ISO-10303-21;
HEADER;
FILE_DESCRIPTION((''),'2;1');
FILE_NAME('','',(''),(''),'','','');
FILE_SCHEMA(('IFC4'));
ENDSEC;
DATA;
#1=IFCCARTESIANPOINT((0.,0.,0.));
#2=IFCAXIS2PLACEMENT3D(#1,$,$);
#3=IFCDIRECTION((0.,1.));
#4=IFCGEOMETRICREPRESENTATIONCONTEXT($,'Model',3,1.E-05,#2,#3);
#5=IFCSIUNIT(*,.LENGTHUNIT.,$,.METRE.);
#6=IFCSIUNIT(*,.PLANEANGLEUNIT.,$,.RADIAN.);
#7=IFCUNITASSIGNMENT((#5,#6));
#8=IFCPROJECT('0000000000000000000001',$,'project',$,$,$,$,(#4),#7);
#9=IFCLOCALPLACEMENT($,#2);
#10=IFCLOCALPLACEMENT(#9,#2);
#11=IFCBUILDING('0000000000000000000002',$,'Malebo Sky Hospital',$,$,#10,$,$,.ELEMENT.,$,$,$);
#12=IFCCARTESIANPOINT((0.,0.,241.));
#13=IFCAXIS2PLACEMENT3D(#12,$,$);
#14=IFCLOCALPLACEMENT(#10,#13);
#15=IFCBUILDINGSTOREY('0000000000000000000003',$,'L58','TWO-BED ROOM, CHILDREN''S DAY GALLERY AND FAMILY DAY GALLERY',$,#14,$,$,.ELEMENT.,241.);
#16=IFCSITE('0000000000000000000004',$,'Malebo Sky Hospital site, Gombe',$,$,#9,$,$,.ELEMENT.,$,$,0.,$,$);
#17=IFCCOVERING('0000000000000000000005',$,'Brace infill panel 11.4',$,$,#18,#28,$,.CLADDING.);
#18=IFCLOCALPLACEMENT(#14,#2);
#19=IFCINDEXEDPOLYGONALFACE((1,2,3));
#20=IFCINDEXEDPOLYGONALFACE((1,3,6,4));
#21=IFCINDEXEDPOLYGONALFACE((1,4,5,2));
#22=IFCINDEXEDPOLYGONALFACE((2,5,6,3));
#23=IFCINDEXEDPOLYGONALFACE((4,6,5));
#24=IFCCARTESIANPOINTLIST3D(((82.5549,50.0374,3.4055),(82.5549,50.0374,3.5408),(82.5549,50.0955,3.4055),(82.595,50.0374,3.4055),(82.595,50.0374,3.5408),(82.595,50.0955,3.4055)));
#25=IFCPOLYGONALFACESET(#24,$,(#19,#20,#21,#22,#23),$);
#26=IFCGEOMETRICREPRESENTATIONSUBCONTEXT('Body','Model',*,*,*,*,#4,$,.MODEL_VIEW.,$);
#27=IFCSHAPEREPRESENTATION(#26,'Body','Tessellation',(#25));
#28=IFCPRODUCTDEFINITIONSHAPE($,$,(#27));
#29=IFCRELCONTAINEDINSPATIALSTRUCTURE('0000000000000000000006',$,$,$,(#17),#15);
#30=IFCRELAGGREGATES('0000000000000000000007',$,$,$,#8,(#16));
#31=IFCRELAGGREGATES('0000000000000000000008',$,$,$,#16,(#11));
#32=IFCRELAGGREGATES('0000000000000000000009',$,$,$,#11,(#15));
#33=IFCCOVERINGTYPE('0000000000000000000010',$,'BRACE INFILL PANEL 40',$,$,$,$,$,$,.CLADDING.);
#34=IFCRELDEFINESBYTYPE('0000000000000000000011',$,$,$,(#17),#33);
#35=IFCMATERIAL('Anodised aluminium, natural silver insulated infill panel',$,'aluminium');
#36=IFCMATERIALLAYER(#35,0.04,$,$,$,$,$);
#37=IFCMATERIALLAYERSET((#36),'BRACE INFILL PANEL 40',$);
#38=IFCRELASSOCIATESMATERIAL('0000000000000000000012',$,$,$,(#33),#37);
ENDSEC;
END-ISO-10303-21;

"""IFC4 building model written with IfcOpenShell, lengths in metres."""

from ifc_helpers import new_model, si_unit, direction, frame, origin, place, context, subcontext, project, spatial, polyline, outline, extrude, material, layer, layer_set, type_object, element, save


model = new_model("IFC4")

# Units and contexts
model_context = context("Model", 3, precision=1e-05, world=origin(), true_north=direction((0.0, 1.0)))
body_context = subcontext(model_context, "Body", "Model", "MODEL_VIEW")
ifc_project = project(units=[si_unit("LENGTHUNIT", "METRE"), si_unit("PLANEANGLEUNIT", "RADIAN")], contexts=[model_context])

# Site, building, storey
site_placement = place(None, origin())
site = spatial("IfcSite", under=ifc_project, at=site_placement, Name="Malebo Sky Hospital site, Gombe", CompositionType="ELEMENT", RefElevation=0.0)
building_placement = place(site_placement, origin())
building = spatial("IfcBuilding", under=site, at=building_placement, Name="Malebo Sky Hospital", CompositionType="ELEMENT")
storey_placement = place(building_placement, frame((0.0, 0.0, 241.0)))
storey = spatial("IfcBuildingStorey", under=building, at=storey_placement, Name="L58", Description="TWO-BED ROOM, CHILDREN'S DAY GALLERY AND FAMILY DAY GALLERY", CompositionType="ELEMENT", Elevation=241.0)

# Covering
ifc_material_1 = material(Name="Anodised aluminium, natural silver insulated infill panel", Category="aluminium")
ifc_layer_1 = layer(ifc_material_1, 0.04)
ifc_layer_set_1 = layer_set([ifc_layer_1], Name="BRACE INFILL PANEL 40")
covering_type = type_object("IfcCoveringType", Name="BRACE INFILL PANEL 40", PredefinedType="CLADDING", material=ifc_layer_set_1)
covering_1_placement = place(storey_placement, frame((82.575, 50.0664, 3.4055), z_axis=(0.0, 0.0, 1.0), x_axis=(0.0, -1.0, 0.0)))
element("IfcCovering", 1, at=covering_1_placement, inside=storey, type_object=covering_type, Name="Brace infill panel 11.4", PredefinedType="CLADDING", context=body_context, shape_type="SweptSolid", body=[
    extrude(outline(polyline([(-0.0291, 0.0), (0.0291, 0.0), (0.0291, 0.1353), (-0.0291, 0.0)])), frame((0.0, 0.02, 0.0), z_axis=(0.0, -1.0, 0.0), x_axis=(1.0, 0.0, 0.0)), (0.0, 0.0, 1.0), 0.04),
])

save(model, "model.ifc")
